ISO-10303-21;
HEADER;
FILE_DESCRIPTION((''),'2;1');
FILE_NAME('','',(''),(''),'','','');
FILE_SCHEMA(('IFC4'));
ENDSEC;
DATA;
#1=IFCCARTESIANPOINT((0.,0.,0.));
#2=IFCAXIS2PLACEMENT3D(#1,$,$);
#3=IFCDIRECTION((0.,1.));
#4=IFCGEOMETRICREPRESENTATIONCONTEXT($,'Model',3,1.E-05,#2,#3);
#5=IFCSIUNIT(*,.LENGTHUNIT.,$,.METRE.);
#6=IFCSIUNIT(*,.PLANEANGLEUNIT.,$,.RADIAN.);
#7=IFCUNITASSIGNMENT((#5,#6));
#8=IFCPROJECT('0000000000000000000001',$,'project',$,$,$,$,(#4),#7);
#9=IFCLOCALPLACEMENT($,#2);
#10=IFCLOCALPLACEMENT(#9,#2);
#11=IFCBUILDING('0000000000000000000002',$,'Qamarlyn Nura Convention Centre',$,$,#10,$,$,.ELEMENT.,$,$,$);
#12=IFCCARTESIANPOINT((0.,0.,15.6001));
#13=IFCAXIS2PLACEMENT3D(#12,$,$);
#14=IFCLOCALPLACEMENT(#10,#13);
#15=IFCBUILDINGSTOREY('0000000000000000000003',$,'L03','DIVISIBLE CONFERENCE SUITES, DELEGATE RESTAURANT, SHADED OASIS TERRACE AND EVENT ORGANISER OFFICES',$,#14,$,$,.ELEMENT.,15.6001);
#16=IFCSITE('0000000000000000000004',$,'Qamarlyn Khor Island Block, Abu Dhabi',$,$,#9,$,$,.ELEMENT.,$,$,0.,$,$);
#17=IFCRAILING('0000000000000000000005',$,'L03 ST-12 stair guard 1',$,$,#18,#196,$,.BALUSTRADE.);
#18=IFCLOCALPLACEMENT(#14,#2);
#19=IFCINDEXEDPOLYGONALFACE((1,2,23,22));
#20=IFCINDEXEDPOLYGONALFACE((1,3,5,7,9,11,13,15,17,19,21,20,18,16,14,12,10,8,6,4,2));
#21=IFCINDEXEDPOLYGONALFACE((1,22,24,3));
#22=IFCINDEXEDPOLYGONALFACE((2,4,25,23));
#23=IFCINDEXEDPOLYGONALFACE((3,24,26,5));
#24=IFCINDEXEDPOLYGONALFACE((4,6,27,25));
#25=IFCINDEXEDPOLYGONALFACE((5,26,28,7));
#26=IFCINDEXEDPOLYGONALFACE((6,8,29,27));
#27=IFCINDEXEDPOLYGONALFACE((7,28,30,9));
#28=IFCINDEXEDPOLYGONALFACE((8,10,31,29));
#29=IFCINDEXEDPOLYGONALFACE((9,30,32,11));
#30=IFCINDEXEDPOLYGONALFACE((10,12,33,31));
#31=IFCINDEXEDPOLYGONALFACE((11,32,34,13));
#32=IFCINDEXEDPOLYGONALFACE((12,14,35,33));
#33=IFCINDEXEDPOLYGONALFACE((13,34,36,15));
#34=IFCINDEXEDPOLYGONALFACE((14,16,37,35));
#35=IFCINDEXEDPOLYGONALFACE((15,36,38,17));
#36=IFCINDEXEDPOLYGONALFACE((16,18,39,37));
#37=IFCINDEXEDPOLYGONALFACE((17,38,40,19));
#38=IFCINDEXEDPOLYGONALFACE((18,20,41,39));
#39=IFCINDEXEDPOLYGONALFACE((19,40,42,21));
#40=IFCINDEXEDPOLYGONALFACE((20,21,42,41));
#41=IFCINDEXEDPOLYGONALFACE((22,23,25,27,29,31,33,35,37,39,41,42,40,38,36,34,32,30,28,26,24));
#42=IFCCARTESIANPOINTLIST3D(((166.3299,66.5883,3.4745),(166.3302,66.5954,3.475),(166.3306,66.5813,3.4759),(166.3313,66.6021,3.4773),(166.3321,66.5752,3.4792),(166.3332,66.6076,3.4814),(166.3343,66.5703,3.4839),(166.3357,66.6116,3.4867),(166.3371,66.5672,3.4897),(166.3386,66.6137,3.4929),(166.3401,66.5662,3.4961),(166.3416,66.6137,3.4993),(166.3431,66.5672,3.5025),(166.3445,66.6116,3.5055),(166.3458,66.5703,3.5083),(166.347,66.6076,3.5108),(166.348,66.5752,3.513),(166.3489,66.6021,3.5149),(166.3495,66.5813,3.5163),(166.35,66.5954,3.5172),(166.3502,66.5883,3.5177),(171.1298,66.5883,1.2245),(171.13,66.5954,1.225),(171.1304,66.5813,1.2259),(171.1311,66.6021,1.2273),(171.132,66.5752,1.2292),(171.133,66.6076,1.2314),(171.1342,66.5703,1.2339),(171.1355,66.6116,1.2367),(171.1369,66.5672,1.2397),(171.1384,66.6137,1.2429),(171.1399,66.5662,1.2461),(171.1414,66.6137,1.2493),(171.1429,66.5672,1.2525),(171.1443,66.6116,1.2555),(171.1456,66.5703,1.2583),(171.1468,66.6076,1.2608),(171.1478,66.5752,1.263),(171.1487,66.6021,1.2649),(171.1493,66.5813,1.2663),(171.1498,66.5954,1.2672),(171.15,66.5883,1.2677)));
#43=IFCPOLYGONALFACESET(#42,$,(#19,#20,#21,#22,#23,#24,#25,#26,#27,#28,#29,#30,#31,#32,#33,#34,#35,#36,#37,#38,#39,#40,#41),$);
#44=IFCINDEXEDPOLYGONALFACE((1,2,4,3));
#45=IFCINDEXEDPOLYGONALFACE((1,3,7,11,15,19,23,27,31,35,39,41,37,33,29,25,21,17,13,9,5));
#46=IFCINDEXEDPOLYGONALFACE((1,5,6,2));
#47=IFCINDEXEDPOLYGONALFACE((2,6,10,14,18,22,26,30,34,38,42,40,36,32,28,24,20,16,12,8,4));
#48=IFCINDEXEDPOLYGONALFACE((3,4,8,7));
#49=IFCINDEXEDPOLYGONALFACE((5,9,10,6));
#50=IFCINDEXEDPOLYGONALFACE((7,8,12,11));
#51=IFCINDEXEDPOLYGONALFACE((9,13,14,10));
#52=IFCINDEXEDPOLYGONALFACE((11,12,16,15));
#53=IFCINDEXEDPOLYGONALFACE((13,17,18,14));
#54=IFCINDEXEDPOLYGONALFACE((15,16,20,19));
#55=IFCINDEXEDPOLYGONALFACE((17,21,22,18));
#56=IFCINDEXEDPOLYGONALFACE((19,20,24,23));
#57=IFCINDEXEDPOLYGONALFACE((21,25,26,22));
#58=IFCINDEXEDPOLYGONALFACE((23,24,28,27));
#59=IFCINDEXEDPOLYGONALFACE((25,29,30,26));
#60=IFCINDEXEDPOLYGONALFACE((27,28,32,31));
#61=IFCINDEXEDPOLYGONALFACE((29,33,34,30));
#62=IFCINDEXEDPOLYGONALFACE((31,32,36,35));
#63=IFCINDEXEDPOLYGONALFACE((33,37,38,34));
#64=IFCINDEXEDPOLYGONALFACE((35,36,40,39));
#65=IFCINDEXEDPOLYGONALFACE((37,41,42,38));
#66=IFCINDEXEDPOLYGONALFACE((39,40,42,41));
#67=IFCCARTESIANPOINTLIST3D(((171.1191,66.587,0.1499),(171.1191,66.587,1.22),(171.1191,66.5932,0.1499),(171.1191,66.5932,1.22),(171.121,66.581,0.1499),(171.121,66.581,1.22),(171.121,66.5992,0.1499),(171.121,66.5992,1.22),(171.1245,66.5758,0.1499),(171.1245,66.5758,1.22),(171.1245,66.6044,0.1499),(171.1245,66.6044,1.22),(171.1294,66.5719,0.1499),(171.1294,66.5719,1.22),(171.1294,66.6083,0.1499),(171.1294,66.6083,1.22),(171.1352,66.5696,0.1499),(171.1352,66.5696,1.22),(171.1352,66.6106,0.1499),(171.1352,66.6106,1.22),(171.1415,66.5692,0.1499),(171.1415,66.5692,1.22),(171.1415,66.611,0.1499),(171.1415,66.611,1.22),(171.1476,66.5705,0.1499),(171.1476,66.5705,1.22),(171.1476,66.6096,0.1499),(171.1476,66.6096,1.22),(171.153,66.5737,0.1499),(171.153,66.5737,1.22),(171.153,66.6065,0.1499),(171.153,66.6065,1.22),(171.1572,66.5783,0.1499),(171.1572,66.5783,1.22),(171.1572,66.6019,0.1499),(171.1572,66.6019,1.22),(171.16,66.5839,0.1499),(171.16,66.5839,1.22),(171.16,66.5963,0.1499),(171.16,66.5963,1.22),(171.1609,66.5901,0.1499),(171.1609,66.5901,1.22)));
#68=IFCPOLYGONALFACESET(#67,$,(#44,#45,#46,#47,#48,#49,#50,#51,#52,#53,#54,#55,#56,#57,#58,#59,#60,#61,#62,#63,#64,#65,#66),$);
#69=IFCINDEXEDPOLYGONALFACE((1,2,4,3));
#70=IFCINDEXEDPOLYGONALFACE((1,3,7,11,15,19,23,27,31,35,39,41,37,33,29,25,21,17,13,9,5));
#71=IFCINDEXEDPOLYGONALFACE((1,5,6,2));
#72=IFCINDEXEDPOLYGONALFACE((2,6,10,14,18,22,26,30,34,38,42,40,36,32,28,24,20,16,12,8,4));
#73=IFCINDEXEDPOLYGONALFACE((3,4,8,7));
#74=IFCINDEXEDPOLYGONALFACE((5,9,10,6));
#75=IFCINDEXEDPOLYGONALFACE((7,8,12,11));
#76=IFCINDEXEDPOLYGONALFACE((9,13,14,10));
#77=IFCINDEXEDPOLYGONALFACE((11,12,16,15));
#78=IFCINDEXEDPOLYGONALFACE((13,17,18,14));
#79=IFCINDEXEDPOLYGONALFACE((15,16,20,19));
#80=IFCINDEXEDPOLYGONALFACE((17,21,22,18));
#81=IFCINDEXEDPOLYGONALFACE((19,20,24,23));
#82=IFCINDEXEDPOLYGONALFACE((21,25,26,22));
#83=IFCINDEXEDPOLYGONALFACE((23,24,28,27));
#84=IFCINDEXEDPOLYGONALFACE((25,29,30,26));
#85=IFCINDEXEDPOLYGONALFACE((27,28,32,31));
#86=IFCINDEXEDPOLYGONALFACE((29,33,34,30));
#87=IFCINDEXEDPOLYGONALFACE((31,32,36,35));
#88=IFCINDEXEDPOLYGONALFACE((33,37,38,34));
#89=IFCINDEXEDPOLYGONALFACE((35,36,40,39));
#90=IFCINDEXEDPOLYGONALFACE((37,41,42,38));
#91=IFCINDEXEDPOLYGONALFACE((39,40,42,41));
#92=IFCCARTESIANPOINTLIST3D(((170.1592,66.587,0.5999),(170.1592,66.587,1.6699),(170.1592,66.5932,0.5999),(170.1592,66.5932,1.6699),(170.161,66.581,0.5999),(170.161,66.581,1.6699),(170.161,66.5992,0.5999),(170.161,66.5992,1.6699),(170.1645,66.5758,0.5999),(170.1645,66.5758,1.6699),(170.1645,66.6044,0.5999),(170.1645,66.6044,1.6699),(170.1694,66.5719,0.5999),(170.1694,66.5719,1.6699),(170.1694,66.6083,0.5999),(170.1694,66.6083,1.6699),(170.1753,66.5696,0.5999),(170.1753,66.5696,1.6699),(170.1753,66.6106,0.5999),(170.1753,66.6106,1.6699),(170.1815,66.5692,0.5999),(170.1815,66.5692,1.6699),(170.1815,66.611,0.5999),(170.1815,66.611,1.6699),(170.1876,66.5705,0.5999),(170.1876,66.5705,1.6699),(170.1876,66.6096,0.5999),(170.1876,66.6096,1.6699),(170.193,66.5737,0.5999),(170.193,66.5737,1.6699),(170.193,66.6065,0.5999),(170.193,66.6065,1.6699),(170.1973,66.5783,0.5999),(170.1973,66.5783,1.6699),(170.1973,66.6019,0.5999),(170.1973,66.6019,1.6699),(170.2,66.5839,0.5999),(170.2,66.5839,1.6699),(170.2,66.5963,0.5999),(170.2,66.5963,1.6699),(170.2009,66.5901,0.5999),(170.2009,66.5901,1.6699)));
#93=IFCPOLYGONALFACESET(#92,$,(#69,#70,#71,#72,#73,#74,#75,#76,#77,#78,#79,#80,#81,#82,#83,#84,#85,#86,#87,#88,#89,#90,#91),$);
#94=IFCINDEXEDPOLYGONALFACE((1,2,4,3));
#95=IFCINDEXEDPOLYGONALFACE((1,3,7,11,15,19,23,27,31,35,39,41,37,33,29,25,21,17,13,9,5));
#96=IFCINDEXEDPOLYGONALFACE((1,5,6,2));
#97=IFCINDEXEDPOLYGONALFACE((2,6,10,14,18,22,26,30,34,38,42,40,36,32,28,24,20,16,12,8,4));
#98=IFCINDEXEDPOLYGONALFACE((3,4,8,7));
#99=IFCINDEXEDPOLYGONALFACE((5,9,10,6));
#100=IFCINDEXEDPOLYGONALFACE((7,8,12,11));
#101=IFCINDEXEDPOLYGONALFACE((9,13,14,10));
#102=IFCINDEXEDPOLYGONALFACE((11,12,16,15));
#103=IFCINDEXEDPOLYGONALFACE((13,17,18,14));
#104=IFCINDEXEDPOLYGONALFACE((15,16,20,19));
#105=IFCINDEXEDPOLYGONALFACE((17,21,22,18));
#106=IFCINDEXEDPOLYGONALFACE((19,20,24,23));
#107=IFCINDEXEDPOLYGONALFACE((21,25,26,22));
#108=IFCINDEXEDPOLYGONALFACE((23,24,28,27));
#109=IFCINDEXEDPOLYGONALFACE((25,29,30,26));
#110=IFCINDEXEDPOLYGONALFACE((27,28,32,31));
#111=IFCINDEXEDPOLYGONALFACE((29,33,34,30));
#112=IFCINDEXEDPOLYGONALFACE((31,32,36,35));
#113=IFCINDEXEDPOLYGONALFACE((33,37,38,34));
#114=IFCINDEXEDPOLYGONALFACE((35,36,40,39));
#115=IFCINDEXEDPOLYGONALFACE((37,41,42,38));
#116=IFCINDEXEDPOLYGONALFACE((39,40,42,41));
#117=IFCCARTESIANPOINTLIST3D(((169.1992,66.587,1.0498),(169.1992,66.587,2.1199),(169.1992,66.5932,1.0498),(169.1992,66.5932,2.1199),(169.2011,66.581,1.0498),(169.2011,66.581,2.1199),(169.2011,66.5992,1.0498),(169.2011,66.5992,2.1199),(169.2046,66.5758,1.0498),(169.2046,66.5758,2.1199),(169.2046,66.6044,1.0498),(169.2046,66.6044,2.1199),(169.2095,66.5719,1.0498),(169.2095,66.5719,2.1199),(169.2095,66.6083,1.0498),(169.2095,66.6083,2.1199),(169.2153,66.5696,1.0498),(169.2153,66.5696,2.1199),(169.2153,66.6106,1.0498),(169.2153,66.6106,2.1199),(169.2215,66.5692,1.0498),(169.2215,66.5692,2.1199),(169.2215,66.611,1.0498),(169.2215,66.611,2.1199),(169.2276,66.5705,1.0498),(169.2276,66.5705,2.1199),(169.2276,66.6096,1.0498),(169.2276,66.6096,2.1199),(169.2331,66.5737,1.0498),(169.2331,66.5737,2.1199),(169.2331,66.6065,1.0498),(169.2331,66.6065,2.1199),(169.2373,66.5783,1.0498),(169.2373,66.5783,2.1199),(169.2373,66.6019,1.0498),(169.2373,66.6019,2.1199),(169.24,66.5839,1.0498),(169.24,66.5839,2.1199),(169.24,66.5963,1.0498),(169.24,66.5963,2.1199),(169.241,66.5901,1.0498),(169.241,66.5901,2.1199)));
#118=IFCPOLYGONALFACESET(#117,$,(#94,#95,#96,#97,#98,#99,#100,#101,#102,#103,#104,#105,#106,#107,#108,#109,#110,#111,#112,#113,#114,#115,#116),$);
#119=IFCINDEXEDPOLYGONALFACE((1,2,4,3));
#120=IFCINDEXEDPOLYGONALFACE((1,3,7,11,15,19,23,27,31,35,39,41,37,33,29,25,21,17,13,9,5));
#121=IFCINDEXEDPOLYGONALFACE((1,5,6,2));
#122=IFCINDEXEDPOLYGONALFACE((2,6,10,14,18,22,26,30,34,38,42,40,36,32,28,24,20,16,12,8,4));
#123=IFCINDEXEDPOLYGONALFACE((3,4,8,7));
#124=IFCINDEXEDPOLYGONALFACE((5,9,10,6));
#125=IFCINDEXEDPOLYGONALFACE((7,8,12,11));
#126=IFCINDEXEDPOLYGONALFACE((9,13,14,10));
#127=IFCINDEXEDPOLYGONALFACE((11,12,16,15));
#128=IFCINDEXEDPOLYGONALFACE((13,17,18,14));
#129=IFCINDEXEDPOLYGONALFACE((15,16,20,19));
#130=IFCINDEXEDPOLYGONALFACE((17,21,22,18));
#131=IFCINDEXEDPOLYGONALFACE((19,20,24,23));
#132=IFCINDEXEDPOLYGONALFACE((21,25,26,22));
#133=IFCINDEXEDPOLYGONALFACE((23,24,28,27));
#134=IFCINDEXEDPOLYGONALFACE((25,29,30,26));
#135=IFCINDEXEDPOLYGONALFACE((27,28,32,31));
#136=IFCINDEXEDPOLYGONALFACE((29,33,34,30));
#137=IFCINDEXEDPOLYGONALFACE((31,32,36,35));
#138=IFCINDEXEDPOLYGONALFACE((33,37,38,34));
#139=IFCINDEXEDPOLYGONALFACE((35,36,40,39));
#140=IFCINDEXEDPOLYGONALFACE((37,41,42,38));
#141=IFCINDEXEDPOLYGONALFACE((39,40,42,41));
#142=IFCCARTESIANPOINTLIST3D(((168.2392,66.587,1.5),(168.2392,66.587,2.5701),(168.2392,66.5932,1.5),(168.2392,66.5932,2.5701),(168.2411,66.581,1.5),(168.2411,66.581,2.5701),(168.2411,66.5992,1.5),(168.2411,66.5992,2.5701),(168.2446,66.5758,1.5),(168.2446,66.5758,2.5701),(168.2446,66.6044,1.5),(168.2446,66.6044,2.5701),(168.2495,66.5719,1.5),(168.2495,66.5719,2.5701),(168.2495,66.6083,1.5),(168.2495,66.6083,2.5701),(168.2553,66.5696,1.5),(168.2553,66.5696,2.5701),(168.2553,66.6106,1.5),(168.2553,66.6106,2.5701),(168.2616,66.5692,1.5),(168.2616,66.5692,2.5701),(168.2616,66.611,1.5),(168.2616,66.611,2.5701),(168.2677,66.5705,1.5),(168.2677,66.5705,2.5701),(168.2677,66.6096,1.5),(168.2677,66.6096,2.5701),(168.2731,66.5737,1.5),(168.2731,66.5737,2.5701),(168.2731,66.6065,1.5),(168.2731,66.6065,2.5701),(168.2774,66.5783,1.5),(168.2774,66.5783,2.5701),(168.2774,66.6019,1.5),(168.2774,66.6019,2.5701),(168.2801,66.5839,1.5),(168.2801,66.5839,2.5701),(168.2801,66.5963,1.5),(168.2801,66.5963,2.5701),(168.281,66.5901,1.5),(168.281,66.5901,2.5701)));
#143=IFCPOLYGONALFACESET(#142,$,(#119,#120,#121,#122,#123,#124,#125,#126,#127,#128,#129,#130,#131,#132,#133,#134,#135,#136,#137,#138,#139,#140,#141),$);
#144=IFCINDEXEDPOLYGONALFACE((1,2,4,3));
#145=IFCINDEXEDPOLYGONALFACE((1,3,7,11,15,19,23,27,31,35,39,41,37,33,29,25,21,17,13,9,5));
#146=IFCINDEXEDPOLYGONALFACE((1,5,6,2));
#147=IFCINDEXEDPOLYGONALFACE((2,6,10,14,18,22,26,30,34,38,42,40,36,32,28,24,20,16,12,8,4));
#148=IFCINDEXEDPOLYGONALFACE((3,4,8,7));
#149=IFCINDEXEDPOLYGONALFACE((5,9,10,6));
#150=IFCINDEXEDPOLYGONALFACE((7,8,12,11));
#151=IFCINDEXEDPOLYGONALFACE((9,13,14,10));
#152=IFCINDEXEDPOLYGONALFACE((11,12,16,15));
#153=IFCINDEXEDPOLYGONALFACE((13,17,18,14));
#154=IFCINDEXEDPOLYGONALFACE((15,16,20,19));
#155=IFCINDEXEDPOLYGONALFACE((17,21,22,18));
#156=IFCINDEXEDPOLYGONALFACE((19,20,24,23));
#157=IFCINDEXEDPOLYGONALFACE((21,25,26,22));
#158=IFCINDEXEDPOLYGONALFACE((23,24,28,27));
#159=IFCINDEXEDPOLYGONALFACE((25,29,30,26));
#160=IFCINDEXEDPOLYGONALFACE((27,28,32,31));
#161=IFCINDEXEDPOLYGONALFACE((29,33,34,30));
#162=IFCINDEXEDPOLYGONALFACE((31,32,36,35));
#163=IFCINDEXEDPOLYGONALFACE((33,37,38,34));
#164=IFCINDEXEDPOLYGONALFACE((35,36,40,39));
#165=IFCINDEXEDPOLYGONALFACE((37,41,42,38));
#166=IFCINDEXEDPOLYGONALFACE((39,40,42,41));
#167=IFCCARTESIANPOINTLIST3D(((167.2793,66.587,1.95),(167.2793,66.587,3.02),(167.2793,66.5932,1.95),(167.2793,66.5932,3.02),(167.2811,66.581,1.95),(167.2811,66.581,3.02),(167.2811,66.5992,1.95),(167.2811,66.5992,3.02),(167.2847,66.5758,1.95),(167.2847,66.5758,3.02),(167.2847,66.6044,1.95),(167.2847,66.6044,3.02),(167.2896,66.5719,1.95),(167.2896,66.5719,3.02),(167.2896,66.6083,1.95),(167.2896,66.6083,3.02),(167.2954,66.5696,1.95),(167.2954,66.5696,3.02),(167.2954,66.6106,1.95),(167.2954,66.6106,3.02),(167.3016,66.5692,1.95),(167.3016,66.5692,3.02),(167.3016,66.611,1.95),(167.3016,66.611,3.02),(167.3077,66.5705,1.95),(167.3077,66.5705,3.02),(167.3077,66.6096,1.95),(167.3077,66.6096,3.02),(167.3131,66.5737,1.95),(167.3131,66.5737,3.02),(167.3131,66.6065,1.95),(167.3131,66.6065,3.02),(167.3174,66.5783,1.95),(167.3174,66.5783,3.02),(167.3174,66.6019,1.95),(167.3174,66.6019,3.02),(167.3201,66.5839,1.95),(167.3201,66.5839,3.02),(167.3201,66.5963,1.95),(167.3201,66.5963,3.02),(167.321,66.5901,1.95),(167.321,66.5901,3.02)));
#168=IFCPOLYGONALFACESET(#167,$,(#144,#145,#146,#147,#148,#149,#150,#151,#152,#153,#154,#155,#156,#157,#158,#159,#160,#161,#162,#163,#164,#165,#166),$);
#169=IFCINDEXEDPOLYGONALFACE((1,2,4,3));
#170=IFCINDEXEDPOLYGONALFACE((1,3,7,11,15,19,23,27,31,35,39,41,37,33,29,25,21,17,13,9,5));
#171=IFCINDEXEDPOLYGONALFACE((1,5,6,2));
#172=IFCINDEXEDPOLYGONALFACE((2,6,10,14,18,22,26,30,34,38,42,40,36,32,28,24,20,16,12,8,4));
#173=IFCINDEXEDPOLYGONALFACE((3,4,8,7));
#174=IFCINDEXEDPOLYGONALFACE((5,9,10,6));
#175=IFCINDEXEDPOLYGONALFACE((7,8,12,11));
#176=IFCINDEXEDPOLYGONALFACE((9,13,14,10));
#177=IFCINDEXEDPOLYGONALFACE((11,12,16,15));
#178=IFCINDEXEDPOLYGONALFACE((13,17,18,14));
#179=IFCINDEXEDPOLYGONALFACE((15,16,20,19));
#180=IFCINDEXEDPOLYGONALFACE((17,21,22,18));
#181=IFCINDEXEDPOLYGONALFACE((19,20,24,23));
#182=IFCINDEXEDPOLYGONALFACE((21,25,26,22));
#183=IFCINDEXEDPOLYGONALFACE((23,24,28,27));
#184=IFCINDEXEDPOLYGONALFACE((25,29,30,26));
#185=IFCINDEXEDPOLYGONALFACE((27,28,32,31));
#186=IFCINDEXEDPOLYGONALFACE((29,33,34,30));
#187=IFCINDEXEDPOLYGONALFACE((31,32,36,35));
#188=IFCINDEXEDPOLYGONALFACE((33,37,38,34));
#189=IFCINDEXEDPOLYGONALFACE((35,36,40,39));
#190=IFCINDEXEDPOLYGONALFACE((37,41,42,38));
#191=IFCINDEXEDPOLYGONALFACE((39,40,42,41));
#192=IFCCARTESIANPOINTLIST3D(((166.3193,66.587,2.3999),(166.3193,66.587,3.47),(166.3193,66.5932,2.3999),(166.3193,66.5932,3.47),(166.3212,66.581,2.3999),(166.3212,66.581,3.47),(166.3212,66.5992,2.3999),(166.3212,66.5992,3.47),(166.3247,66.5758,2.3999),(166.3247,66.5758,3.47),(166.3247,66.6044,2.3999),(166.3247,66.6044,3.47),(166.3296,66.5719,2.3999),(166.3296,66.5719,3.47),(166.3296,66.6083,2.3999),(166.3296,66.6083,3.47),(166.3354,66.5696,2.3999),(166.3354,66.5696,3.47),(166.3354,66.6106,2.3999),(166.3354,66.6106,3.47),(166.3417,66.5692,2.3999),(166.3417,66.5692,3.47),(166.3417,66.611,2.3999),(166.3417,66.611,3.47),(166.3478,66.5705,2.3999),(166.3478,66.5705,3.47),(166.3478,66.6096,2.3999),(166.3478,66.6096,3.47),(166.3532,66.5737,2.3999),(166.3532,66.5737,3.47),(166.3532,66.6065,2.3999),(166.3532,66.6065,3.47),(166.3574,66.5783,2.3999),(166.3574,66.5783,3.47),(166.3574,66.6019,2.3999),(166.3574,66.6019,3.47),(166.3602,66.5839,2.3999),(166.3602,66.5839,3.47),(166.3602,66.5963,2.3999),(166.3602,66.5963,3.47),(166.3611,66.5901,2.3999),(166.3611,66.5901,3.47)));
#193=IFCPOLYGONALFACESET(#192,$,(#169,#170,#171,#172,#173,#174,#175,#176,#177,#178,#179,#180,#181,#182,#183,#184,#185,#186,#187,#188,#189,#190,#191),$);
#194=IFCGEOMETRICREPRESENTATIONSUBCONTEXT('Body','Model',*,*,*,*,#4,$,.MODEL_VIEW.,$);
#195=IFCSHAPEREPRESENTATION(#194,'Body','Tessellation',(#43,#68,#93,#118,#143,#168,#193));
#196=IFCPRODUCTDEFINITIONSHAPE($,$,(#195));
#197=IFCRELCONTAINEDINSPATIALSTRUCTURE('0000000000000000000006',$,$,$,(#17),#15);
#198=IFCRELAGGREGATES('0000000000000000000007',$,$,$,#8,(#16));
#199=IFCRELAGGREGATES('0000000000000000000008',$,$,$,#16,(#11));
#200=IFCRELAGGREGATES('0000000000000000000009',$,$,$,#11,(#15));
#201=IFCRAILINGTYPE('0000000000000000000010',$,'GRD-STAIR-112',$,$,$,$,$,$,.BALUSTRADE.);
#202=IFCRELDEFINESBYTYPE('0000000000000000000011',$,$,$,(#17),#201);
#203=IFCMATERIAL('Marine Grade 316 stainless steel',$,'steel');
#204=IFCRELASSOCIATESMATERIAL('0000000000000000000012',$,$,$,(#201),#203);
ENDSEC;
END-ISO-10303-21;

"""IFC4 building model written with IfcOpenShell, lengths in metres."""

from ifc_helpers import new_model, si_unit, direction, frame, origin, origin_2d, place, context, subcontext, project, spatial, circle, extrude, material, type_object, element, save


model = new_model("IFC4")

# Units and contexts
model_context = context("Model", 3, precision=1e-05, world=origin(), true_north=direction((0.0, 1.0)))
body_context = subcontext(model_context, "Body", "Model", "MODEL_VIEW")
ifc_project = project(units=[si_unit("LENGTHUNIT", "METRE"), si_unit("PLANEANGLEUNIT", "RADIAN")], contexts=[model_context])

# Site, building, storey
site_placement = place(None, origin())
site = spatial("IfcSite", under=ifc_project, at=site_placement, Name="Qamarlyn Khor Island Block, Abu Dhabi", CompositionType="ELEMENT", RefElevation=0.0)
building_placement = place(site_placement, origin())
building = spatial("IfcBuilding", under=site, at=building_placement, Name="Qamarlyn Nura Convention Centre", CompositionType="ELEMENT")
storey_placement = place(building_placement, frame((0.0, 0.0, 15.6001)))
storey = spatial("IfcBuildingStorey", under=building, at=storey_placement, Name="L03", Description="DIVISIBLE CONFERENCE SUITES, DELEGATE RESTAURANT, SHADED OASIS TERRACE AND EVENT ORGANISER OFFICES", CompositionType="ELEMENT", Elevation=15.6001)

# Railing
ifc_material_1 = material(Name="Marine Grade 316 stainless steel", Category="steel")
railing_type_1 = type_object("IfcRailingType", Name="GRD-STAIR-112", PredefinedType="BALUSTRADE", material=ifc_material_1)
railing_1_placement = place(storey_placement, frame((171.1399, 66.5901, 0.1499)))
element("IfcRailing", 1, at=railing_1_placement, inside=storey, type_object=railing_type_1, Name="L03 ST-12 stair guard 1", PredefinedType="BALUSTRADE", context=body_context, shape_type="SweptSolid", body=[
    extrude(circle(Radius=0.0239, at=origin_2d()), frame((0.0, 0.0, 1.0962), z_axis=(-0.905452, 0.0, 0.424448), x_axis=(0.0, -1.0, 0.0)), (0.0, 0.0, 1.0), 5.301),
    extrude(circle(Radius=0.021, at=origin_2d()), origin(), (0.0, 0.0, 1.0), 1.0701),
    extrude(circle(Radius=0.021, at=origin_2d()), frame((-0.96, 0.0, 0.45)), (0.0, 0.0, 1.0), 1.0701),
    extrude(circle(Radius=0.021, at=origin_2d()), frame((-1.9199, 0.0, 0.8999)), (0.0, 0.0, 1.0), 1.0701),
    extrude(circle(Radius=0.021, at=origin_2d()), frame((-2.8799, 0.0, 1.3501)), (0.0, 0.0, 1.0), 1.0701),
    extrude(circle(Radius=0.021, at=origin_2d()), frame((-3.8398, 0.0, 1.8)), (0.0, 0.0, 1.0), 1.0701),
    extrude(circle(Radius=0.021, at=origin_2d()), frame((-4.7998, 0.0, 2.25)), (0.0, 0.0, 1.0), 1.0701),
])

save(model, "model.ifc")
